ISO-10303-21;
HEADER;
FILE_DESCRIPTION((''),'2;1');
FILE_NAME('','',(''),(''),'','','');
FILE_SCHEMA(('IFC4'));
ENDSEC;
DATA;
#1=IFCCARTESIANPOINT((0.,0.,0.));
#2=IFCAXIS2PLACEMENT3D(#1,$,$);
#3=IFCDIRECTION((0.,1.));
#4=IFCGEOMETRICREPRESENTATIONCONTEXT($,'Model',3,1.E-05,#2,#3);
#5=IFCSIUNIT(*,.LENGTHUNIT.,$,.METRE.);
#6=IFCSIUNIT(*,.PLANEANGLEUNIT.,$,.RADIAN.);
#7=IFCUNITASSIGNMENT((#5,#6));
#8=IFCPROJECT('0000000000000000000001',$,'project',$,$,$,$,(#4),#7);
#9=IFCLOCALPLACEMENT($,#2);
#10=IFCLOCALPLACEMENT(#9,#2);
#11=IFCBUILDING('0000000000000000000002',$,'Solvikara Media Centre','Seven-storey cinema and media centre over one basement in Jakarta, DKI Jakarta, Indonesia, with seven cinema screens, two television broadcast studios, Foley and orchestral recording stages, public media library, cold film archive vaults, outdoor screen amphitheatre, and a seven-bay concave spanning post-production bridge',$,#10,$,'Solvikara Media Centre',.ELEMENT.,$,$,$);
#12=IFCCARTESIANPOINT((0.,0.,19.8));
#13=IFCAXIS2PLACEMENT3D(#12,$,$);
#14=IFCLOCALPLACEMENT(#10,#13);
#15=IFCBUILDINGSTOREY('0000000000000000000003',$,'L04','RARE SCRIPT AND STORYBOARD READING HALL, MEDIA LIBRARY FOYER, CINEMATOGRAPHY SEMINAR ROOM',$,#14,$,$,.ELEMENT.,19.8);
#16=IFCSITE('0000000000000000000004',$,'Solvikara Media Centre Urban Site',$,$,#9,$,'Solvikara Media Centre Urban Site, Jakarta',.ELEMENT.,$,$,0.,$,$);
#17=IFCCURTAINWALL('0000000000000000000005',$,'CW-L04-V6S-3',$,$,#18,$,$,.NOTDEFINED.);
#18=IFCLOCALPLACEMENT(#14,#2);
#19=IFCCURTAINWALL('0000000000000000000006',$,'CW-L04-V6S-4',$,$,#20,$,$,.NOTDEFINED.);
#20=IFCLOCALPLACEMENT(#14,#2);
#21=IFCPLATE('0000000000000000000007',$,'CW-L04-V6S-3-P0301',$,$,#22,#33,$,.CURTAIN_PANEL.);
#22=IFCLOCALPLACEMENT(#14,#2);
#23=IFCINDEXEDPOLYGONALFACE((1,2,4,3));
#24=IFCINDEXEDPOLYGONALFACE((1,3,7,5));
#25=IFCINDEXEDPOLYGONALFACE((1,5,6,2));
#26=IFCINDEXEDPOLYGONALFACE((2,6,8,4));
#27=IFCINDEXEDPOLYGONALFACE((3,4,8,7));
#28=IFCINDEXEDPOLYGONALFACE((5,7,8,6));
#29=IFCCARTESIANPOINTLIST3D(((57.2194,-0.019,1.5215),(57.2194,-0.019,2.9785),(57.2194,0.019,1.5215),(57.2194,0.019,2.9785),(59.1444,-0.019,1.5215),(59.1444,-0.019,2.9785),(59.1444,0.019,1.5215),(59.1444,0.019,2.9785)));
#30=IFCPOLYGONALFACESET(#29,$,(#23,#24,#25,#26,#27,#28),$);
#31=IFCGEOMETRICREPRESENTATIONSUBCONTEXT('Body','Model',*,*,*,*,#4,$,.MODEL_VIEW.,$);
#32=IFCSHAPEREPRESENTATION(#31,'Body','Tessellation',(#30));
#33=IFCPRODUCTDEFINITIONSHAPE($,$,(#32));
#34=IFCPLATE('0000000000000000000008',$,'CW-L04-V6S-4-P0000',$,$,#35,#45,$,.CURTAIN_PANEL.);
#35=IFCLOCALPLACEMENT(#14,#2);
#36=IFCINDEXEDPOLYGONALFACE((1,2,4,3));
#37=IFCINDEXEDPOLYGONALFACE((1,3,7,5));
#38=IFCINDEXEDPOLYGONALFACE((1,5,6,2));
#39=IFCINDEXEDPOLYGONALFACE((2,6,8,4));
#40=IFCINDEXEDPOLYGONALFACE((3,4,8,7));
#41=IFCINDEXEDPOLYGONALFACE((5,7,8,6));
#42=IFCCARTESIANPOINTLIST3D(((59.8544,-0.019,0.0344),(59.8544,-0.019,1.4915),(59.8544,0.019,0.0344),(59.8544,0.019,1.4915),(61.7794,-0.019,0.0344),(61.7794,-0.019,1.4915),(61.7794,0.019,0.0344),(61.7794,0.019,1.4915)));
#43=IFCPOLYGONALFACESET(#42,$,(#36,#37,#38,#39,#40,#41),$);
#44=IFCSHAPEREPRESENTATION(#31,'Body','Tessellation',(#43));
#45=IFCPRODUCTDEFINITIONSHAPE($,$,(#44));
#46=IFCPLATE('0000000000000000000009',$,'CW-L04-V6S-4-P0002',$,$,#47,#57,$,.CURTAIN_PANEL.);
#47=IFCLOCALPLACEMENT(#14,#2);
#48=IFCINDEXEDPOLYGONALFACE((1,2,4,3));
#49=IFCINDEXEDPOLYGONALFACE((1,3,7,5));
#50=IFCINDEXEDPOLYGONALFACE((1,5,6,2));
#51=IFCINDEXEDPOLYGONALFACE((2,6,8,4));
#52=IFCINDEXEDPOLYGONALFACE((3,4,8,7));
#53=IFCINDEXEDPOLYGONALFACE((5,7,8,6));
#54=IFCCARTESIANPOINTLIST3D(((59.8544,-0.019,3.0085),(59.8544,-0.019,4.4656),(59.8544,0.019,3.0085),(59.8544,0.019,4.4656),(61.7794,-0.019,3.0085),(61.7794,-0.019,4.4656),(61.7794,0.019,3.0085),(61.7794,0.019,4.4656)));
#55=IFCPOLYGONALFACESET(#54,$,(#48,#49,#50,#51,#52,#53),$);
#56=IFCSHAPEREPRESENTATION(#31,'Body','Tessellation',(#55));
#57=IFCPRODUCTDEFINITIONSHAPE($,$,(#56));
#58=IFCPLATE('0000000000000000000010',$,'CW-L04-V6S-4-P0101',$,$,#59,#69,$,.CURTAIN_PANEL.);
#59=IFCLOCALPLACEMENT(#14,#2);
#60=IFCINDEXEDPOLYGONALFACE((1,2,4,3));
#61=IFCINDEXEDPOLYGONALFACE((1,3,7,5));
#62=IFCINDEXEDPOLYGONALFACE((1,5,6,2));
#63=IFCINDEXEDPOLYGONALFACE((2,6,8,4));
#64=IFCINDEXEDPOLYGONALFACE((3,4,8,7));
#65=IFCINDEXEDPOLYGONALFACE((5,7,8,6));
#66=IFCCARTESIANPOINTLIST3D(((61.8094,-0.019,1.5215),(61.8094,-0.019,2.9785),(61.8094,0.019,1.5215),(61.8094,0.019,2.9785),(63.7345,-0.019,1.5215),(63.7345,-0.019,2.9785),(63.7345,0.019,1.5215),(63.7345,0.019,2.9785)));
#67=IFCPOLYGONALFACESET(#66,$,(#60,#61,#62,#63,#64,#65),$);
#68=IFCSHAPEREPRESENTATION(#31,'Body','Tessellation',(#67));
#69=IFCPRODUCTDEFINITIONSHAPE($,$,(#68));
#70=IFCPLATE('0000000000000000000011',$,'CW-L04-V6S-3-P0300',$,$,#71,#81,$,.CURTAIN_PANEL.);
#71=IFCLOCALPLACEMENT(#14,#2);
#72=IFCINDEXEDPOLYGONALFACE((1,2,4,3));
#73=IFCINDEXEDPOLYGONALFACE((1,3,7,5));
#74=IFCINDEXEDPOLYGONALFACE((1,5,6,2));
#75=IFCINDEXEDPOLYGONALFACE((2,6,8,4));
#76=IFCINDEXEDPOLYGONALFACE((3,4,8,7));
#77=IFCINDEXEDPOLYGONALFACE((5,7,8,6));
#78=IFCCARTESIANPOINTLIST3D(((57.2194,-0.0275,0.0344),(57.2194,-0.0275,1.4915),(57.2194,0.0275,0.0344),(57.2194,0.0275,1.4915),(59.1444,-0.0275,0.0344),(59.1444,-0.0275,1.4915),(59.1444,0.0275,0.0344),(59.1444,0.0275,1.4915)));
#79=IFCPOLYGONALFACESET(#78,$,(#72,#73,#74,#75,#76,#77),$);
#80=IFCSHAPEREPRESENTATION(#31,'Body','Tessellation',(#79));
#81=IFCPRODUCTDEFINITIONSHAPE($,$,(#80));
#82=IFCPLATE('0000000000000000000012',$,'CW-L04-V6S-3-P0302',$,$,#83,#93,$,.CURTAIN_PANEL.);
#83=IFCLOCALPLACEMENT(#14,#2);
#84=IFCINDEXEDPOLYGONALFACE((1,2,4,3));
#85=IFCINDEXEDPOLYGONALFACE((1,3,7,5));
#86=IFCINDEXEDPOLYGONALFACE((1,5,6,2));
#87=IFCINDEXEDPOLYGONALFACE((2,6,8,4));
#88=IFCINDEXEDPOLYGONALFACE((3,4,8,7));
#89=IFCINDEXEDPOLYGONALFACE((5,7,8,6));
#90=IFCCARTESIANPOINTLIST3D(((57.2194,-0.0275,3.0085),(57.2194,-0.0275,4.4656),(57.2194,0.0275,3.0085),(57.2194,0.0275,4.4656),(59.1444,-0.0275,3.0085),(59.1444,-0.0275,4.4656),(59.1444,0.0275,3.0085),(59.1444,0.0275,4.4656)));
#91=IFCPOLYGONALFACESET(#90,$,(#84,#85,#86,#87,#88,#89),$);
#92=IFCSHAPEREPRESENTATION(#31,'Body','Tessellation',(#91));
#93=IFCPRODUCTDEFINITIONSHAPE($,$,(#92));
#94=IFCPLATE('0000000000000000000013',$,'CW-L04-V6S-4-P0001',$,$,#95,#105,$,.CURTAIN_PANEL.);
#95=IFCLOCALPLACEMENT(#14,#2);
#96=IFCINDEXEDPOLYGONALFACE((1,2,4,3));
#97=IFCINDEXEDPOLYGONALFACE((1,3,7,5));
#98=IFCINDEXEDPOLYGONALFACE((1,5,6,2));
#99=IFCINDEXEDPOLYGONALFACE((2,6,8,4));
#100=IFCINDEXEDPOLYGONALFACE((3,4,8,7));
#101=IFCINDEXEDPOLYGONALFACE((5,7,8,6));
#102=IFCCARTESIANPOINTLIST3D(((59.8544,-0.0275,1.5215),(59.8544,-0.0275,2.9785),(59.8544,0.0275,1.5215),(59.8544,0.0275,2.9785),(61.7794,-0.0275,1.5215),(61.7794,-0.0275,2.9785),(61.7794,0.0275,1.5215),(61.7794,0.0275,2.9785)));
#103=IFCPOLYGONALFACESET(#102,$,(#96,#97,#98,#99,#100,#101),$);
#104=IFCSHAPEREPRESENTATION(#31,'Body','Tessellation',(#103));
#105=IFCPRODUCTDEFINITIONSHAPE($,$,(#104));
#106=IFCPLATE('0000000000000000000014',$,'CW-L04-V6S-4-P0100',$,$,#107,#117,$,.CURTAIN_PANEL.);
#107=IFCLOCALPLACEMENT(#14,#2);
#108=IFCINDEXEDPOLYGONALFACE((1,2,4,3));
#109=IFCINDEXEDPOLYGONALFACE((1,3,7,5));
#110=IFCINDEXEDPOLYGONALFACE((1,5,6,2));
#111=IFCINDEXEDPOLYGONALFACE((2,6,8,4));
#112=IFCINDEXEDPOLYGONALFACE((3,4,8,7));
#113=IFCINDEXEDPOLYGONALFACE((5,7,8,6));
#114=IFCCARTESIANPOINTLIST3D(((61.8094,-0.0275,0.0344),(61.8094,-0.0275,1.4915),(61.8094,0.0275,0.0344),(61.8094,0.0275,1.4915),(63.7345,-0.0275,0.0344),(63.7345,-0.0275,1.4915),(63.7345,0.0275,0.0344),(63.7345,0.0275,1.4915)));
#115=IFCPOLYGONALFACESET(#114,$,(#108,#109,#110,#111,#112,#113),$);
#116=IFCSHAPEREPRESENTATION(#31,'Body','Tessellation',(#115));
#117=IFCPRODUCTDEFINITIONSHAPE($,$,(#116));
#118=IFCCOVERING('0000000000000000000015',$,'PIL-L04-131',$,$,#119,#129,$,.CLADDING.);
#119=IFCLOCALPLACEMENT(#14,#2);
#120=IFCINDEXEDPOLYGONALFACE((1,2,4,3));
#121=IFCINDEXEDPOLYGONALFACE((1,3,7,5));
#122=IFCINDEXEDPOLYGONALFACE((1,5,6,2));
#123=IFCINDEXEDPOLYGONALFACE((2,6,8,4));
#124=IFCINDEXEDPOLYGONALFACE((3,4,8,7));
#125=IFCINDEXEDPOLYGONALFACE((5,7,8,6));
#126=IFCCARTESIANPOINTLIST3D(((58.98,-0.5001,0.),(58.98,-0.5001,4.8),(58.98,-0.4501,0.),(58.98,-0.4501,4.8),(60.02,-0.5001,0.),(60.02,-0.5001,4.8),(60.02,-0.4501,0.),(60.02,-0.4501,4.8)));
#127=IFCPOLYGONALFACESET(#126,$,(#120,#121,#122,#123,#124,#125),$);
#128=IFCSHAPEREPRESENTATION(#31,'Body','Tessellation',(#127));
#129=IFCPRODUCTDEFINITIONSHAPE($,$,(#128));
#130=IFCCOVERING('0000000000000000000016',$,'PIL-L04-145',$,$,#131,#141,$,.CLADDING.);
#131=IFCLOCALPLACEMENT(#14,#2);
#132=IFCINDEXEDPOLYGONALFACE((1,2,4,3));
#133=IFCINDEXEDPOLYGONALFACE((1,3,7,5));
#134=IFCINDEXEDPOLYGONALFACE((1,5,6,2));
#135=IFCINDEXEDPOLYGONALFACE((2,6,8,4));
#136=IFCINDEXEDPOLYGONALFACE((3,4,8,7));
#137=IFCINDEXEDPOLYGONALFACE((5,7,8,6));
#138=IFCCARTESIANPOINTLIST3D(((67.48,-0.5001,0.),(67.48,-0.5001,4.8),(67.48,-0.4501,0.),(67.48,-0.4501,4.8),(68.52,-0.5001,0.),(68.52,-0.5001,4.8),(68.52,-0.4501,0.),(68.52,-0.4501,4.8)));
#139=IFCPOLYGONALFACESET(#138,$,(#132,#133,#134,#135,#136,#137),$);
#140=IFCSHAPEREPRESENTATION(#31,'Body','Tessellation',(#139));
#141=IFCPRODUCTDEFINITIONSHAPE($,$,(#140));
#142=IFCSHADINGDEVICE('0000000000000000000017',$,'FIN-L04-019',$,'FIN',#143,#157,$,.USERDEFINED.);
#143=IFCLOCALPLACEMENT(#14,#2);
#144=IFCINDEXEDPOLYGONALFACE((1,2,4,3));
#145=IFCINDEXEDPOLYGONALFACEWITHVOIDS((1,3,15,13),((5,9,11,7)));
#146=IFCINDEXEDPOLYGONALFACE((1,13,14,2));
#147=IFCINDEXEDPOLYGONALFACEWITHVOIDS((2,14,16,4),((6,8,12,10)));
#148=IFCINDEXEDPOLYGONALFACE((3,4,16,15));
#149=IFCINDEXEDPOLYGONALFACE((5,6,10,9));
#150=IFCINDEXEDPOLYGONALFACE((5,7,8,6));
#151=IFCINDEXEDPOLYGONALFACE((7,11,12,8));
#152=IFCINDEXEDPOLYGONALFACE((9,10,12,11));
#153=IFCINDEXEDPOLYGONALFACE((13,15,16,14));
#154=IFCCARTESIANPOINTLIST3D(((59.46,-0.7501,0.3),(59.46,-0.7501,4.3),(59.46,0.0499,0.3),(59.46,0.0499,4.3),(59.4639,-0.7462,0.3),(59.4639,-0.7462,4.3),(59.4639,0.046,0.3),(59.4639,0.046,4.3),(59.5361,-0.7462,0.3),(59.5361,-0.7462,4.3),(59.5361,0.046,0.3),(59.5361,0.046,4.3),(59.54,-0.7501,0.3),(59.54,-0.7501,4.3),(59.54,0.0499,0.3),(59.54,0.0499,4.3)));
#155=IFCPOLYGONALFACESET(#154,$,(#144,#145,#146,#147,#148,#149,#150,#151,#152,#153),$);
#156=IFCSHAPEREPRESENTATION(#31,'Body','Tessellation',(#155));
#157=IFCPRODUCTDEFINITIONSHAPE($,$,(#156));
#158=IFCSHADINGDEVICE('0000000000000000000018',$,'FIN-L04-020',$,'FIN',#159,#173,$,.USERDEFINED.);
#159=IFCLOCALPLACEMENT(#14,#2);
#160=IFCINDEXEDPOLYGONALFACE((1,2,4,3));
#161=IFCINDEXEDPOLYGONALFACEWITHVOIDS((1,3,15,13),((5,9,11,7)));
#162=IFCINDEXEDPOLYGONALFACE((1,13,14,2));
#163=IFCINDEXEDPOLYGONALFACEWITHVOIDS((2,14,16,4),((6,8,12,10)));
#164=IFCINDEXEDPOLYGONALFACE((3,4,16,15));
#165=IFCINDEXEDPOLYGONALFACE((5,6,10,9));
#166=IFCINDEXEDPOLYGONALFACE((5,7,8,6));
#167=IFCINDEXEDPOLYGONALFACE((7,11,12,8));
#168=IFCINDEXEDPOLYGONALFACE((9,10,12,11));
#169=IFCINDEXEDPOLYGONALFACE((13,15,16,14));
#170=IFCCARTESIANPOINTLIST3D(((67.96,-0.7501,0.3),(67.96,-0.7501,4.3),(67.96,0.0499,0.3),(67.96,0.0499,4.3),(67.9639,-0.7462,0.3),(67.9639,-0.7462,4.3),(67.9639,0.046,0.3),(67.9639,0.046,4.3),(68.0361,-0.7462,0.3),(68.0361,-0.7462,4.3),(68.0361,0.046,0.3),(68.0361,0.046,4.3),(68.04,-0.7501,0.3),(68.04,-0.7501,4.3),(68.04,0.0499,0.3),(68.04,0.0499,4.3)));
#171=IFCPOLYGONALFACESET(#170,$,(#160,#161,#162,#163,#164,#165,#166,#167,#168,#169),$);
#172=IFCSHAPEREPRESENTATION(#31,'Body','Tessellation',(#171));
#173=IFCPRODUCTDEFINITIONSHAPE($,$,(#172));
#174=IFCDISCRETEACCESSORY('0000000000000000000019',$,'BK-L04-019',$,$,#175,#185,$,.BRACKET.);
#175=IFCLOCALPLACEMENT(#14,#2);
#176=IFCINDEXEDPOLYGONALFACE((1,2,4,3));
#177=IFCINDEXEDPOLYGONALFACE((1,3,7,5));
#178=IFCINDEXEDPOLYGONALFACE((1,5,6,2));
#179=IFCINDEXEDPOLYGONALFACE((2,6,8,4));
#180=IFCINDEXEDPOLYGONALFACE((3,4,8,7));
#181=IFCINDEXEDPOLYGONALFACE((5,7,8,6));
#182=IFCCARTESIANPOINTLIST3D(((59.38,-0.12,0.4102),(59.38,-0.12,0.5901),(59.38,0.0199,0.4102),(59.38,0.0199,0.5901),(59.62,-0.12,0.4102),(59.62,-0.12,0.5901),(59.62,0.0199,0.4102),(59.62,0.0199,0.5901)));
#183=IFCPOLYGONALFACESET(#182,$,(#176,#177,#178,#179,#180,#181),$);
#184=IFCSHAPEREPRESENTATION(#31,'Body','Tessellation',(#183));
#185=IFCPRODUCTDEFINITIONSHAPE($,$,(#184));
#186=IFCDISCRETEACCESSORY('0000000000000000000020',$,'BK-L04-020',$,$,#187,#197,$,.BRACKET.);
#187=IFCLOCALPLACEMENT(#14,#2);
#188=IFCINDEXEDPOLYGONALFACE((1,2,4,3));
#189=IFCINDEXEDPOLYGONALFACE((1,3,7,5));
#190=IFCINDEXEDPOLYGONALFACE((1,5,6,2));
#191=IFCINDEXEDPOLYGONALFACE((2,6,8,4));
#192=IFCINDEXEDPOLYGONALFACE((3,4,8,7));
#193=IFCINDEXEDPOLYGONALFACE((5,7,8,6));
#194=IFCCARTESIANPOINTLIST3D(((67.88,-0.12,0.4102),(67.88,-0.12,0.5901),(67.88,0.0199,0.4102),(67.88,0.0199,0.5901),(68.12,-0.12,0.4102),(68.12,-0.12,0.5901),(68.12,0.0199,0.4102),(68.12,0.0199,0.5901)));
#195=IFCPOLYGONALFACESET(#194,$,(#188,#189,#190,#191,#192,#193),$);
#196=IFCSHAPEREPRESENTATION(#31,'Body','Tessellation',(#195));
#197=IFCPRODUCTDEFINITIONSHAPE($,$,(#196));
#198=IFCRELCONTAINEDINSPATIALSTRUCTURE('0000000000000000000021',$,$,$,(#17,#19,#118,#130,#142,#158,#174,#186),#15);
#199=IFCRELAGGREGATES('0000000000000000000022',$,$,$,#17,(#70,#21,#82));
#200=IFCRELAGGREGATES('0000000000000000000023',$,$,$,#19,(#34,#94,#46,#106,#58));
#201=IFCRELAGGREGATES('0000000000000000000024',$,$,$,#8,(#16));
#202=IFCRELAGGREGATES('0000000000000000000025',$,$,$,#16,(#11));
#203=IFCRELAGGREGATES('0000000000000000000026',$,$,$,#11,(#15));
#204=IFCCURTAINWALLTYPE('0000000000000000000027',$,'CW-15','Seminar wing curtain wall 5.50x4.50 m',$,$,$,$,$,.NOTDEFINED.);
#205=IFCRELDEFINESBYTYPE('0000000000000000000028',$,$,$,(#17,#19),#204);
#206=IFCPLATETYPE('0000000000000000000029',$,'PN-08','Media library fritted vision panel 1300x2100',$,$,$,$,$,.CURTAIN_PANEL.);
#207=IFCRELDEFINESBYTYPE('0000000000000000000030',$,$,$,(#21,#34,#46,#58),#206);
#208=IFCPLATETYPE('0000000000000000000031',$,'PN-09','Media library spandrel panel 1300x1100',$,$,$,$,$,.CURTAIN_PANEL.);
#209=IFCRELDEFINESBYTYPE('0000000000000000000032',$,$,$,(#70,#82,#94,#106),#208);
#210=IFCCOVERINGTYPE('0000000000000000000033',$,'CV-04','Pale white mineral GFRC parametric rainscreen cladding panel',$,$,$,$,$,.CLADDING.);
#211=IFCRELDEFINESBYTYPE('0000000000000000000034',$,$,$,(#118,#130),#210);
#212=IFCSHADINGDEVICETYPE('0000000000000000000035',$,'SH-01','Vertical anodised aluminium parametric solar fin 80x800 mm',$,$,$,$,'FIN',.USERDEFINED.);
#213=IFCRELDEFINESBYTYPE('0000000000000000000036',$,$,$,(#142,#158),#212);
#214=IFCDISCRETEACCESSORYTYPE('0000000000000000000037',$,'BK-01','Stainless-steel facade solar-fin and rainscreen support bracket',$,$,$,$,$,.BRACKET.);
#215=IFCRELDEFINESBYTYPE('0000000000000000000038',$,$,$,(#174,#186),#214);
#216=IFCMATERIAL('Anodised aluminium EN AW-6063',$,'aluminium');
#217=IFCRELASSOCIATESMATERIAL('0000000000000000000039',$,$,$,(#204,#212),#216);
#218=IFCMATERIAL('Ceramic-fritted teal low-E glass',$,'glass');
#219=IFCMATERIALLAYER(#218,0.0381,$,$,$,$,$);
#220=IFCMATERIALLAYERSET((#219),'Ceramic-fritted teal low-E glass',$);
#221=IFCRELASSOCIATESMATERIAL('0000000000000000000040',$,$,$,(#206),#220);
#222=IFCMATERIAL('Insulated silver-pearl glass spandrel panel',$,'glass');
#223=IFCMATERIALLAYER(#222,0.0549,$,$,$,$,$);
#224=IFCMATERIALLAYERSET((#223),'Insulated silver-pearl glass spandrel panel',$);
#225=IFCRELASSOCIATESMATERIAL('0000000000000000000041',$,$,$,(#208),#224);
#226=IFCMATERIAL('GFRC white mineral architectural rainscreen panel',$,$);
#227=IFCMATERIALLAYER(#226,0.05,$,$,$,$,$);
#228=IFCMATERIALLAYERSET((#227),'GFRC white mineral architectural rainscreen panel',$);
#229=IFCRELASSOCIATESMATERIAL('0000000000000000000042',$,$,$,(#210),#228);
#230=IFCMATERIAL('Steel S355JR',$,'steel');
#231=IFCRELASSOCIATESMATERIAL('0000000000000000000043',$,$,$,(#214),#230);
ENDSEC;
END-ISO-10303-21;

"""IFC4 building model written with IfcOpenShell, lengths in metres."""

from ifc_helpers import new_model, si_unit, direction, frame, origin, origin_2d, place, context, subcontext, project, spatial, rectangle, hollow_rectangle, extrude, material, layer, layer_set, material_profile, profile_set, type_object, element, aggregate, save


model = new_model("IFC4")

# Units and contexts
model_context = context("Model", 3, precision=1e-05, world=origin(), true_north=direction((0.0, 1.0)))
body_context = subcontext(model_context, "Body", "Model", "MODEL_VIEW")
ifc_project = project(units=[si_unit("LENGTHUNIT", "METRE"), si_unit("PLANEANGLEUNIT", "RADIAN")], contexts=[model_context])

# Site, building, storey
site_placement = place(None, origin())
site = spatial("IfcSite", under=ifc_project, at=site_placement, Name="Solvikara Media Centre Urban Site", LongName="Solvikara Media Centre Urban Site, Jakarta", CompositionType="ELEMENT", RefElevation=0.0)
building_placement = place(site_placement, origin())
building = spatial("IfcBuilding", under=site, at=building_placement, Name="Solvikara Media Centre", Description="Seven-storey cinema and media centre over one basement in Jakarta, DKI Jakarta, Indonesia, with seven cinema screens, two television broadcast studios, Foley and orchestral recording stages, public media library, cold film archive vaults, outdoor screen amphitheatre, and a seven-bay concave spanning post-production bridge", LongName="Solvikara Media Centre", CompositionType="ELEMENT")
storey_placement = place(building_placement, frame((0.0, 0.0, 19.8)))
storey = spatial("IfcBuildingStorey", under=building, at=storey_placement, Name="L04", Description="RARE SCRIPT AND STORYBOARD READING HALL, MEDIA LIBRARY FOYER, CINEMATOGRAPHY SEMINAR ROOM", CompositionType="ELEMENT", Elevation=19.8)

# Shared definitions
ifc_material_1 = material(Name="Steel S355JR", Category="steel")

# Curtain wall
ifc_material_2 = material(Name="Anodised aluminium EN AW-6063", Category="aluminium")
curtain_wall_type = type_object("IfcCurtainWallType", Name="CW-15", Description="Seminar wing curtain wall 5.50x4.50 m", PredefinedType="NOTDEFINED", material=ifc_material_2)
curtain_wall_1_placement = place(storey_placement, origin())
curtain_wall_1 = element("IfcCurtainWall", 1, at=curtain_wall_1_placement, inside=storey, type_object=curtain_wall_type, Name="CW-L04-V6S-3", PredefinedType="NOTDEFINED")

# Curtain wall
curtain_wall_2_placement = place(storey_placement, origin())
curtain_wall_2 = element("IfcCurtainWall", 2, at=curtain_wall_2_placement, inside=storey, type_object=curtain_wall_type, Name="CW-L04-V6S-4", PredefinedType="NOTDEFINED")

# Plates
ifc_material_3 = material(Name="Ceramic-fritted teal low-E glass", Category="glass")
ifc_layer_1 = layer(ifc_material_3, 0.0381)
ifc_layer_set_1 = layer_set([ifc_layer_1], Name="Ceramic-fritted teal low-E glass")
plate_type_1 = type_object("IfcPlateType", Name="PN-08", Description="Media library fritted vision panel 1300x2100", PredefinedType="CURTAIN_PANEL", material=ifc_layer_set_1)
plate_1_placement = place(storey_placement, frame((58.1819, 0.0, 1.5215), z_axis=(0.0, 0.0, 1.0), x_axis=(1.0, 0.0, 0.0)))
plate_1 = element("IfcPlate", 3, at=plate_1_placement, type_object=plate_type_1, Name="CW-L04-V6S-3-P0301", PredefinedType="CURTAIN_PANEL", context=body_context, shape_type="SweptSolid", body=[
    extrude(rectangle(XDim=1.925, YDim=0.0381, at=origin_2d()), origin(), (0.0, 0.0, 1.0), 1.457),
])
plate_2_placement = place(storey_placement, frame((60.8169, 0.0, 0.0344), z_axis=(0.0, 0.0, 1.0), x_axis=(1.0, 0.0, 0.0)))
plate_2 = element("IfcPlate", 4, at=plate_2_placement, type_object=plate_type_1, Name="CW-L04-V6S-4-P0000", PredefinedType="CURTAIN_PANEL", context=body_context, shape_type="SweptSolid", body=[
    extrude(rectangle(XDim=1.925, YDim=0.0381, at=origin_2d()), origin(), (0.0, 0.0, 1.0), 1.457),
])
plate_3_placement = place(storey_placement, frame((60.8169, 0.0, 3.0085), z_axis=(0.0, 0.0, 1.0), x_axis=(1.0, 0.0, 0.0)))
plate_3 = element("IfcPlate", 5, at=plate_3_placement, type_object=plate_type_1, Name="CW-L04-V6S-4-P0002", PredefinedType="CURTAIN_PANEL", context=body_context, shape_type="SweptSolid", body=[
    extrude(rectangle(XDim=1.925, YDim=0.0381, at=origin_2d()), origin(), (0.0, 0.0, 1.0), 1.457),
])
plate_4_placement = place(storey_placement, frame((62.772, 0.0, 1.5215), z_axis=(0.0, 0.0, 1.0), x_axis=(1.0, 0.0, 0.0)))
plate_4 = element("IfcPlate", 6, at=plate_4_placement, type_object=plate_type_1, Name="CW-L04-V6S-4-P0101", PredefinedType="CURTAIN_PANEL", context=body_context, shape_type="SweptSolid", body=[
    extrude(rectangle(XDim=1.925, YDim=0.0381, at=origin_2d()), origin(), (0.0, 0.0, 1.0), 1.457),
])
ifc_material_4 = material(Name="Insulated silver-pearl glass spandrel panel", Category="glass")
ifc_layer_2 = layer(ifc_material_4, 0.0549)
ifc_layer_set_2 = layer_set([ifc_layer_2], Name="Insulated silver-pearl glass spandrel panel")
plate_type_2 = type_object("IfcPlateType", Name="PN-09", Description="Media library spandrel panel 1300x1100", PredefinedType="CURTAIN_PANEL", material=ifc_layer_set_2)
plate_5_placement = place(storey_placement, frame((58.1819, 0.0, 0.0344), z_axis=(0.0, 0.0, 1.0), x_axis=(1.0, 0.0, 0.0)))
plate_5 = element("IfcPlate", 7, at=plate_5_placement, type_object=plate_type_2, Name="CW-L04-V6S-3-P0300", PredefinedType="CURTAIN_PANEL", context=body_context, shape_type="SweptSolid", body=[
    extrude(rectangle(XDim=1.925, YDim=0.0549, at=origin_2d()), origin(), (0.0, 0.0, 1.0), 1.457),
])
plate_6_placement = place(storey_placement, frame((58.1819, 0.0, 3.0085), z_axis=(0.0, 0.0, 1.0), x_axis=(1.0, 0.0, 0.0)))
plate_6 = element("IfcPlate", 8, at=plate_6_placement, type_object=plate_type_2, Name="CW-L04-V6S-3-P0302", PredefinedType="CURTAIN_PANEL", context=body_context, shape_type="SweptSolid", body=[
    extrude(rectangle(XDim=1.925, YDim=0.0549, at=origin_2d()), origin(), (0.0, 0.0, 1.0), 1.457),
])
aggregate(curtain_wall_1, [plate_5, plate_1, plate_6])
plate_7_placement = place(storey_placement, frame((60.8169, 0.0, 1.5215), z_axis=(0.0, 0.0, 1.0), x_axis=(1.0, 0.0, 0.0)))
plate_7 = element("IfcPlate", 9, at=plate_7_placement, type_object=plate_type_2, Name="CW-L04-V6S-4-P0001", PredefinedType="CURTAIN_PANEL", context=body_context, shape_type="SweptSolid", body=[
    extrude(rectangle(XDim=1.925, YDim=0.0549, at=origin_2d()), origin(), (0.0, 0.0, 1.0), 1.457),
])
plate_8_placement = place(storey_placement, frame((62.772, 0.0, 0.0344), z_axis=(0.0, 0.0, 1.0), x_axis=(1.0, 0.0, 0.0)))
plate_8 = element("IfcPlate", 10, at=plate_8_placement, type_object=plate_type_2, Name="CW-L04-V6S-4-P0100", PredefinedType="CURTAIN_PANEL", context=body_context, shape_type="SweptSolid", body=[
    extrude(rectangle(XDim=1.925, YDim=0.0549, at=origin_2d()), origin(), (0.0, 0.0, 1.0), 1.457),
])
aggregate(curtain_wall_2, [plate_2, plate_7, plate_3, plate_8, plate_4])

# Coverings
ifc_material_5 = material(Name="GFRC white mineral architectural rainscreen panel")
ifc_layer_3 = layer(ifc_material_5, 0.05)
ifc_layer_set_3 = layer_set([ifc_layer_3], Name="GFRC white mineral architectural rainscreen panel")
covering_type = type_object("IfcCoveringType", Name="CV-04", Description="Pale white mineral GFRC parametric rainscreen cladding panel", PredefinedType="CLADDING", material=ifc_layer_set_3)
for number, where, z_axis, x_axis, name in (
    (11, (59.5, -0.4751, 0.0), (0.0, 0.0, 1.0), (1.0, 0.0, 0.0), "PIL-L04-131"),
    (12, (68.0, -0.4751, 0.0), (0.0, 0.0, 1.0), (1.0, 0.0, 0.0), "PIL-L04-145"),
):
    element("IfcCovering", number, at=place(storey_placement, frame(where, z_axis=z_axis, x_axis=x_axis)), inside=storey, type_object=covering_type, Name=name, PredefinedType="CLADDING", context=body_context, shape_type="SweptSolid", body=[
        extrude(rectangle(XDim=1.04, YDim=0.05, at=origin_2d()), origin(), (0.0, 0.0, 1.0), 4.8),
    ])

# Shading devices
ifc_material_profile_1 = material_profile(ifc_material_2, hollow_rectangle(XDim=0.0801, YDim=0.8, WallThickness=0.0039, at=origin_2d()), Name="ALU-FIN 80x800x4")
ifc_profile_set_1 = profile_set([ifc_material_profile_1], Name="Anodised aluminium EN AW-6063")
shading_device_type = type_object("IfcShadingDeviceType", Name="SH-01", Description="Vertical anodised aluminium parametric solar fin 80x800 mm", ElementType="FIN", PredefinedType="USERDEFINED", material=ifc_profile_set_1)
for number, where, z_axis, x_axis, name in (
    (13, (59.5, -0.3501, 0.3), (0.0, 0.0, 1.0), (1.0, 0.0, 0.0), "FIN-L04-019"),
    (14, (68.0, -0.3501, 0.3), (0.0, 0.0, 1.0), (1.0, 0.0, 0.0), "FIN-L04-020"),
):
    element("IfcShadingDevice", number, at=place(storey_placement, frame(where, z_axis=z_axis, x_axis=x_axis)), inside=storey, type_object=shading_device_type, Name=name, ObjectType="FIN", PredefinedType="USERDEFINED", context=body_context, shape_type="SweptSolid", body=[
        extrude(hollow_rectangle(XDim=0.0801, YDim=0.8, WallThickness=0.0039, at=origin_2d()), origin(), (0.0, 0.0, 1.0), 4.0),
    ])

# Discrete accessories
discrete_accessory_type = type_object("IfcDiscreteAccessoryType", Name="BK-01", Description="Stainless-steel facade solar-fin and rainscreen support bracket", PredefinedType="BRACKET", material=ifc_material_1)
for number, where, z_axis, x_axis, name in (
    (15, (59.5, -0.05, 0.4102), (0.0, 0.0, 1.0), (1.0, 0.0, 0.0), "BK-L04-019"),
    (16, (68.0, -0.05, 0.4102), (0.0, 0.0, 1.0), (1.0, 0.0, 0.0), "BK-L04-020"),
):
    element("IfcDiscreteAccessory", number, at=place(storey_placement, frame(where, z_axis=z_axis, x_axis=x_axis)), inside=storey, type_object=discrete_accessory_type, Name=name, PredefinedType="BRACKET", context=body_context, shape_type="SweptSolid", body=[
        extrude(rectangle(XDim=0.24, YDim=0.1399, at=origin_2d()), origin(), (0.0, 0.0, 1.0), 0.1799),
    ])

save(model, "model.ifc")
